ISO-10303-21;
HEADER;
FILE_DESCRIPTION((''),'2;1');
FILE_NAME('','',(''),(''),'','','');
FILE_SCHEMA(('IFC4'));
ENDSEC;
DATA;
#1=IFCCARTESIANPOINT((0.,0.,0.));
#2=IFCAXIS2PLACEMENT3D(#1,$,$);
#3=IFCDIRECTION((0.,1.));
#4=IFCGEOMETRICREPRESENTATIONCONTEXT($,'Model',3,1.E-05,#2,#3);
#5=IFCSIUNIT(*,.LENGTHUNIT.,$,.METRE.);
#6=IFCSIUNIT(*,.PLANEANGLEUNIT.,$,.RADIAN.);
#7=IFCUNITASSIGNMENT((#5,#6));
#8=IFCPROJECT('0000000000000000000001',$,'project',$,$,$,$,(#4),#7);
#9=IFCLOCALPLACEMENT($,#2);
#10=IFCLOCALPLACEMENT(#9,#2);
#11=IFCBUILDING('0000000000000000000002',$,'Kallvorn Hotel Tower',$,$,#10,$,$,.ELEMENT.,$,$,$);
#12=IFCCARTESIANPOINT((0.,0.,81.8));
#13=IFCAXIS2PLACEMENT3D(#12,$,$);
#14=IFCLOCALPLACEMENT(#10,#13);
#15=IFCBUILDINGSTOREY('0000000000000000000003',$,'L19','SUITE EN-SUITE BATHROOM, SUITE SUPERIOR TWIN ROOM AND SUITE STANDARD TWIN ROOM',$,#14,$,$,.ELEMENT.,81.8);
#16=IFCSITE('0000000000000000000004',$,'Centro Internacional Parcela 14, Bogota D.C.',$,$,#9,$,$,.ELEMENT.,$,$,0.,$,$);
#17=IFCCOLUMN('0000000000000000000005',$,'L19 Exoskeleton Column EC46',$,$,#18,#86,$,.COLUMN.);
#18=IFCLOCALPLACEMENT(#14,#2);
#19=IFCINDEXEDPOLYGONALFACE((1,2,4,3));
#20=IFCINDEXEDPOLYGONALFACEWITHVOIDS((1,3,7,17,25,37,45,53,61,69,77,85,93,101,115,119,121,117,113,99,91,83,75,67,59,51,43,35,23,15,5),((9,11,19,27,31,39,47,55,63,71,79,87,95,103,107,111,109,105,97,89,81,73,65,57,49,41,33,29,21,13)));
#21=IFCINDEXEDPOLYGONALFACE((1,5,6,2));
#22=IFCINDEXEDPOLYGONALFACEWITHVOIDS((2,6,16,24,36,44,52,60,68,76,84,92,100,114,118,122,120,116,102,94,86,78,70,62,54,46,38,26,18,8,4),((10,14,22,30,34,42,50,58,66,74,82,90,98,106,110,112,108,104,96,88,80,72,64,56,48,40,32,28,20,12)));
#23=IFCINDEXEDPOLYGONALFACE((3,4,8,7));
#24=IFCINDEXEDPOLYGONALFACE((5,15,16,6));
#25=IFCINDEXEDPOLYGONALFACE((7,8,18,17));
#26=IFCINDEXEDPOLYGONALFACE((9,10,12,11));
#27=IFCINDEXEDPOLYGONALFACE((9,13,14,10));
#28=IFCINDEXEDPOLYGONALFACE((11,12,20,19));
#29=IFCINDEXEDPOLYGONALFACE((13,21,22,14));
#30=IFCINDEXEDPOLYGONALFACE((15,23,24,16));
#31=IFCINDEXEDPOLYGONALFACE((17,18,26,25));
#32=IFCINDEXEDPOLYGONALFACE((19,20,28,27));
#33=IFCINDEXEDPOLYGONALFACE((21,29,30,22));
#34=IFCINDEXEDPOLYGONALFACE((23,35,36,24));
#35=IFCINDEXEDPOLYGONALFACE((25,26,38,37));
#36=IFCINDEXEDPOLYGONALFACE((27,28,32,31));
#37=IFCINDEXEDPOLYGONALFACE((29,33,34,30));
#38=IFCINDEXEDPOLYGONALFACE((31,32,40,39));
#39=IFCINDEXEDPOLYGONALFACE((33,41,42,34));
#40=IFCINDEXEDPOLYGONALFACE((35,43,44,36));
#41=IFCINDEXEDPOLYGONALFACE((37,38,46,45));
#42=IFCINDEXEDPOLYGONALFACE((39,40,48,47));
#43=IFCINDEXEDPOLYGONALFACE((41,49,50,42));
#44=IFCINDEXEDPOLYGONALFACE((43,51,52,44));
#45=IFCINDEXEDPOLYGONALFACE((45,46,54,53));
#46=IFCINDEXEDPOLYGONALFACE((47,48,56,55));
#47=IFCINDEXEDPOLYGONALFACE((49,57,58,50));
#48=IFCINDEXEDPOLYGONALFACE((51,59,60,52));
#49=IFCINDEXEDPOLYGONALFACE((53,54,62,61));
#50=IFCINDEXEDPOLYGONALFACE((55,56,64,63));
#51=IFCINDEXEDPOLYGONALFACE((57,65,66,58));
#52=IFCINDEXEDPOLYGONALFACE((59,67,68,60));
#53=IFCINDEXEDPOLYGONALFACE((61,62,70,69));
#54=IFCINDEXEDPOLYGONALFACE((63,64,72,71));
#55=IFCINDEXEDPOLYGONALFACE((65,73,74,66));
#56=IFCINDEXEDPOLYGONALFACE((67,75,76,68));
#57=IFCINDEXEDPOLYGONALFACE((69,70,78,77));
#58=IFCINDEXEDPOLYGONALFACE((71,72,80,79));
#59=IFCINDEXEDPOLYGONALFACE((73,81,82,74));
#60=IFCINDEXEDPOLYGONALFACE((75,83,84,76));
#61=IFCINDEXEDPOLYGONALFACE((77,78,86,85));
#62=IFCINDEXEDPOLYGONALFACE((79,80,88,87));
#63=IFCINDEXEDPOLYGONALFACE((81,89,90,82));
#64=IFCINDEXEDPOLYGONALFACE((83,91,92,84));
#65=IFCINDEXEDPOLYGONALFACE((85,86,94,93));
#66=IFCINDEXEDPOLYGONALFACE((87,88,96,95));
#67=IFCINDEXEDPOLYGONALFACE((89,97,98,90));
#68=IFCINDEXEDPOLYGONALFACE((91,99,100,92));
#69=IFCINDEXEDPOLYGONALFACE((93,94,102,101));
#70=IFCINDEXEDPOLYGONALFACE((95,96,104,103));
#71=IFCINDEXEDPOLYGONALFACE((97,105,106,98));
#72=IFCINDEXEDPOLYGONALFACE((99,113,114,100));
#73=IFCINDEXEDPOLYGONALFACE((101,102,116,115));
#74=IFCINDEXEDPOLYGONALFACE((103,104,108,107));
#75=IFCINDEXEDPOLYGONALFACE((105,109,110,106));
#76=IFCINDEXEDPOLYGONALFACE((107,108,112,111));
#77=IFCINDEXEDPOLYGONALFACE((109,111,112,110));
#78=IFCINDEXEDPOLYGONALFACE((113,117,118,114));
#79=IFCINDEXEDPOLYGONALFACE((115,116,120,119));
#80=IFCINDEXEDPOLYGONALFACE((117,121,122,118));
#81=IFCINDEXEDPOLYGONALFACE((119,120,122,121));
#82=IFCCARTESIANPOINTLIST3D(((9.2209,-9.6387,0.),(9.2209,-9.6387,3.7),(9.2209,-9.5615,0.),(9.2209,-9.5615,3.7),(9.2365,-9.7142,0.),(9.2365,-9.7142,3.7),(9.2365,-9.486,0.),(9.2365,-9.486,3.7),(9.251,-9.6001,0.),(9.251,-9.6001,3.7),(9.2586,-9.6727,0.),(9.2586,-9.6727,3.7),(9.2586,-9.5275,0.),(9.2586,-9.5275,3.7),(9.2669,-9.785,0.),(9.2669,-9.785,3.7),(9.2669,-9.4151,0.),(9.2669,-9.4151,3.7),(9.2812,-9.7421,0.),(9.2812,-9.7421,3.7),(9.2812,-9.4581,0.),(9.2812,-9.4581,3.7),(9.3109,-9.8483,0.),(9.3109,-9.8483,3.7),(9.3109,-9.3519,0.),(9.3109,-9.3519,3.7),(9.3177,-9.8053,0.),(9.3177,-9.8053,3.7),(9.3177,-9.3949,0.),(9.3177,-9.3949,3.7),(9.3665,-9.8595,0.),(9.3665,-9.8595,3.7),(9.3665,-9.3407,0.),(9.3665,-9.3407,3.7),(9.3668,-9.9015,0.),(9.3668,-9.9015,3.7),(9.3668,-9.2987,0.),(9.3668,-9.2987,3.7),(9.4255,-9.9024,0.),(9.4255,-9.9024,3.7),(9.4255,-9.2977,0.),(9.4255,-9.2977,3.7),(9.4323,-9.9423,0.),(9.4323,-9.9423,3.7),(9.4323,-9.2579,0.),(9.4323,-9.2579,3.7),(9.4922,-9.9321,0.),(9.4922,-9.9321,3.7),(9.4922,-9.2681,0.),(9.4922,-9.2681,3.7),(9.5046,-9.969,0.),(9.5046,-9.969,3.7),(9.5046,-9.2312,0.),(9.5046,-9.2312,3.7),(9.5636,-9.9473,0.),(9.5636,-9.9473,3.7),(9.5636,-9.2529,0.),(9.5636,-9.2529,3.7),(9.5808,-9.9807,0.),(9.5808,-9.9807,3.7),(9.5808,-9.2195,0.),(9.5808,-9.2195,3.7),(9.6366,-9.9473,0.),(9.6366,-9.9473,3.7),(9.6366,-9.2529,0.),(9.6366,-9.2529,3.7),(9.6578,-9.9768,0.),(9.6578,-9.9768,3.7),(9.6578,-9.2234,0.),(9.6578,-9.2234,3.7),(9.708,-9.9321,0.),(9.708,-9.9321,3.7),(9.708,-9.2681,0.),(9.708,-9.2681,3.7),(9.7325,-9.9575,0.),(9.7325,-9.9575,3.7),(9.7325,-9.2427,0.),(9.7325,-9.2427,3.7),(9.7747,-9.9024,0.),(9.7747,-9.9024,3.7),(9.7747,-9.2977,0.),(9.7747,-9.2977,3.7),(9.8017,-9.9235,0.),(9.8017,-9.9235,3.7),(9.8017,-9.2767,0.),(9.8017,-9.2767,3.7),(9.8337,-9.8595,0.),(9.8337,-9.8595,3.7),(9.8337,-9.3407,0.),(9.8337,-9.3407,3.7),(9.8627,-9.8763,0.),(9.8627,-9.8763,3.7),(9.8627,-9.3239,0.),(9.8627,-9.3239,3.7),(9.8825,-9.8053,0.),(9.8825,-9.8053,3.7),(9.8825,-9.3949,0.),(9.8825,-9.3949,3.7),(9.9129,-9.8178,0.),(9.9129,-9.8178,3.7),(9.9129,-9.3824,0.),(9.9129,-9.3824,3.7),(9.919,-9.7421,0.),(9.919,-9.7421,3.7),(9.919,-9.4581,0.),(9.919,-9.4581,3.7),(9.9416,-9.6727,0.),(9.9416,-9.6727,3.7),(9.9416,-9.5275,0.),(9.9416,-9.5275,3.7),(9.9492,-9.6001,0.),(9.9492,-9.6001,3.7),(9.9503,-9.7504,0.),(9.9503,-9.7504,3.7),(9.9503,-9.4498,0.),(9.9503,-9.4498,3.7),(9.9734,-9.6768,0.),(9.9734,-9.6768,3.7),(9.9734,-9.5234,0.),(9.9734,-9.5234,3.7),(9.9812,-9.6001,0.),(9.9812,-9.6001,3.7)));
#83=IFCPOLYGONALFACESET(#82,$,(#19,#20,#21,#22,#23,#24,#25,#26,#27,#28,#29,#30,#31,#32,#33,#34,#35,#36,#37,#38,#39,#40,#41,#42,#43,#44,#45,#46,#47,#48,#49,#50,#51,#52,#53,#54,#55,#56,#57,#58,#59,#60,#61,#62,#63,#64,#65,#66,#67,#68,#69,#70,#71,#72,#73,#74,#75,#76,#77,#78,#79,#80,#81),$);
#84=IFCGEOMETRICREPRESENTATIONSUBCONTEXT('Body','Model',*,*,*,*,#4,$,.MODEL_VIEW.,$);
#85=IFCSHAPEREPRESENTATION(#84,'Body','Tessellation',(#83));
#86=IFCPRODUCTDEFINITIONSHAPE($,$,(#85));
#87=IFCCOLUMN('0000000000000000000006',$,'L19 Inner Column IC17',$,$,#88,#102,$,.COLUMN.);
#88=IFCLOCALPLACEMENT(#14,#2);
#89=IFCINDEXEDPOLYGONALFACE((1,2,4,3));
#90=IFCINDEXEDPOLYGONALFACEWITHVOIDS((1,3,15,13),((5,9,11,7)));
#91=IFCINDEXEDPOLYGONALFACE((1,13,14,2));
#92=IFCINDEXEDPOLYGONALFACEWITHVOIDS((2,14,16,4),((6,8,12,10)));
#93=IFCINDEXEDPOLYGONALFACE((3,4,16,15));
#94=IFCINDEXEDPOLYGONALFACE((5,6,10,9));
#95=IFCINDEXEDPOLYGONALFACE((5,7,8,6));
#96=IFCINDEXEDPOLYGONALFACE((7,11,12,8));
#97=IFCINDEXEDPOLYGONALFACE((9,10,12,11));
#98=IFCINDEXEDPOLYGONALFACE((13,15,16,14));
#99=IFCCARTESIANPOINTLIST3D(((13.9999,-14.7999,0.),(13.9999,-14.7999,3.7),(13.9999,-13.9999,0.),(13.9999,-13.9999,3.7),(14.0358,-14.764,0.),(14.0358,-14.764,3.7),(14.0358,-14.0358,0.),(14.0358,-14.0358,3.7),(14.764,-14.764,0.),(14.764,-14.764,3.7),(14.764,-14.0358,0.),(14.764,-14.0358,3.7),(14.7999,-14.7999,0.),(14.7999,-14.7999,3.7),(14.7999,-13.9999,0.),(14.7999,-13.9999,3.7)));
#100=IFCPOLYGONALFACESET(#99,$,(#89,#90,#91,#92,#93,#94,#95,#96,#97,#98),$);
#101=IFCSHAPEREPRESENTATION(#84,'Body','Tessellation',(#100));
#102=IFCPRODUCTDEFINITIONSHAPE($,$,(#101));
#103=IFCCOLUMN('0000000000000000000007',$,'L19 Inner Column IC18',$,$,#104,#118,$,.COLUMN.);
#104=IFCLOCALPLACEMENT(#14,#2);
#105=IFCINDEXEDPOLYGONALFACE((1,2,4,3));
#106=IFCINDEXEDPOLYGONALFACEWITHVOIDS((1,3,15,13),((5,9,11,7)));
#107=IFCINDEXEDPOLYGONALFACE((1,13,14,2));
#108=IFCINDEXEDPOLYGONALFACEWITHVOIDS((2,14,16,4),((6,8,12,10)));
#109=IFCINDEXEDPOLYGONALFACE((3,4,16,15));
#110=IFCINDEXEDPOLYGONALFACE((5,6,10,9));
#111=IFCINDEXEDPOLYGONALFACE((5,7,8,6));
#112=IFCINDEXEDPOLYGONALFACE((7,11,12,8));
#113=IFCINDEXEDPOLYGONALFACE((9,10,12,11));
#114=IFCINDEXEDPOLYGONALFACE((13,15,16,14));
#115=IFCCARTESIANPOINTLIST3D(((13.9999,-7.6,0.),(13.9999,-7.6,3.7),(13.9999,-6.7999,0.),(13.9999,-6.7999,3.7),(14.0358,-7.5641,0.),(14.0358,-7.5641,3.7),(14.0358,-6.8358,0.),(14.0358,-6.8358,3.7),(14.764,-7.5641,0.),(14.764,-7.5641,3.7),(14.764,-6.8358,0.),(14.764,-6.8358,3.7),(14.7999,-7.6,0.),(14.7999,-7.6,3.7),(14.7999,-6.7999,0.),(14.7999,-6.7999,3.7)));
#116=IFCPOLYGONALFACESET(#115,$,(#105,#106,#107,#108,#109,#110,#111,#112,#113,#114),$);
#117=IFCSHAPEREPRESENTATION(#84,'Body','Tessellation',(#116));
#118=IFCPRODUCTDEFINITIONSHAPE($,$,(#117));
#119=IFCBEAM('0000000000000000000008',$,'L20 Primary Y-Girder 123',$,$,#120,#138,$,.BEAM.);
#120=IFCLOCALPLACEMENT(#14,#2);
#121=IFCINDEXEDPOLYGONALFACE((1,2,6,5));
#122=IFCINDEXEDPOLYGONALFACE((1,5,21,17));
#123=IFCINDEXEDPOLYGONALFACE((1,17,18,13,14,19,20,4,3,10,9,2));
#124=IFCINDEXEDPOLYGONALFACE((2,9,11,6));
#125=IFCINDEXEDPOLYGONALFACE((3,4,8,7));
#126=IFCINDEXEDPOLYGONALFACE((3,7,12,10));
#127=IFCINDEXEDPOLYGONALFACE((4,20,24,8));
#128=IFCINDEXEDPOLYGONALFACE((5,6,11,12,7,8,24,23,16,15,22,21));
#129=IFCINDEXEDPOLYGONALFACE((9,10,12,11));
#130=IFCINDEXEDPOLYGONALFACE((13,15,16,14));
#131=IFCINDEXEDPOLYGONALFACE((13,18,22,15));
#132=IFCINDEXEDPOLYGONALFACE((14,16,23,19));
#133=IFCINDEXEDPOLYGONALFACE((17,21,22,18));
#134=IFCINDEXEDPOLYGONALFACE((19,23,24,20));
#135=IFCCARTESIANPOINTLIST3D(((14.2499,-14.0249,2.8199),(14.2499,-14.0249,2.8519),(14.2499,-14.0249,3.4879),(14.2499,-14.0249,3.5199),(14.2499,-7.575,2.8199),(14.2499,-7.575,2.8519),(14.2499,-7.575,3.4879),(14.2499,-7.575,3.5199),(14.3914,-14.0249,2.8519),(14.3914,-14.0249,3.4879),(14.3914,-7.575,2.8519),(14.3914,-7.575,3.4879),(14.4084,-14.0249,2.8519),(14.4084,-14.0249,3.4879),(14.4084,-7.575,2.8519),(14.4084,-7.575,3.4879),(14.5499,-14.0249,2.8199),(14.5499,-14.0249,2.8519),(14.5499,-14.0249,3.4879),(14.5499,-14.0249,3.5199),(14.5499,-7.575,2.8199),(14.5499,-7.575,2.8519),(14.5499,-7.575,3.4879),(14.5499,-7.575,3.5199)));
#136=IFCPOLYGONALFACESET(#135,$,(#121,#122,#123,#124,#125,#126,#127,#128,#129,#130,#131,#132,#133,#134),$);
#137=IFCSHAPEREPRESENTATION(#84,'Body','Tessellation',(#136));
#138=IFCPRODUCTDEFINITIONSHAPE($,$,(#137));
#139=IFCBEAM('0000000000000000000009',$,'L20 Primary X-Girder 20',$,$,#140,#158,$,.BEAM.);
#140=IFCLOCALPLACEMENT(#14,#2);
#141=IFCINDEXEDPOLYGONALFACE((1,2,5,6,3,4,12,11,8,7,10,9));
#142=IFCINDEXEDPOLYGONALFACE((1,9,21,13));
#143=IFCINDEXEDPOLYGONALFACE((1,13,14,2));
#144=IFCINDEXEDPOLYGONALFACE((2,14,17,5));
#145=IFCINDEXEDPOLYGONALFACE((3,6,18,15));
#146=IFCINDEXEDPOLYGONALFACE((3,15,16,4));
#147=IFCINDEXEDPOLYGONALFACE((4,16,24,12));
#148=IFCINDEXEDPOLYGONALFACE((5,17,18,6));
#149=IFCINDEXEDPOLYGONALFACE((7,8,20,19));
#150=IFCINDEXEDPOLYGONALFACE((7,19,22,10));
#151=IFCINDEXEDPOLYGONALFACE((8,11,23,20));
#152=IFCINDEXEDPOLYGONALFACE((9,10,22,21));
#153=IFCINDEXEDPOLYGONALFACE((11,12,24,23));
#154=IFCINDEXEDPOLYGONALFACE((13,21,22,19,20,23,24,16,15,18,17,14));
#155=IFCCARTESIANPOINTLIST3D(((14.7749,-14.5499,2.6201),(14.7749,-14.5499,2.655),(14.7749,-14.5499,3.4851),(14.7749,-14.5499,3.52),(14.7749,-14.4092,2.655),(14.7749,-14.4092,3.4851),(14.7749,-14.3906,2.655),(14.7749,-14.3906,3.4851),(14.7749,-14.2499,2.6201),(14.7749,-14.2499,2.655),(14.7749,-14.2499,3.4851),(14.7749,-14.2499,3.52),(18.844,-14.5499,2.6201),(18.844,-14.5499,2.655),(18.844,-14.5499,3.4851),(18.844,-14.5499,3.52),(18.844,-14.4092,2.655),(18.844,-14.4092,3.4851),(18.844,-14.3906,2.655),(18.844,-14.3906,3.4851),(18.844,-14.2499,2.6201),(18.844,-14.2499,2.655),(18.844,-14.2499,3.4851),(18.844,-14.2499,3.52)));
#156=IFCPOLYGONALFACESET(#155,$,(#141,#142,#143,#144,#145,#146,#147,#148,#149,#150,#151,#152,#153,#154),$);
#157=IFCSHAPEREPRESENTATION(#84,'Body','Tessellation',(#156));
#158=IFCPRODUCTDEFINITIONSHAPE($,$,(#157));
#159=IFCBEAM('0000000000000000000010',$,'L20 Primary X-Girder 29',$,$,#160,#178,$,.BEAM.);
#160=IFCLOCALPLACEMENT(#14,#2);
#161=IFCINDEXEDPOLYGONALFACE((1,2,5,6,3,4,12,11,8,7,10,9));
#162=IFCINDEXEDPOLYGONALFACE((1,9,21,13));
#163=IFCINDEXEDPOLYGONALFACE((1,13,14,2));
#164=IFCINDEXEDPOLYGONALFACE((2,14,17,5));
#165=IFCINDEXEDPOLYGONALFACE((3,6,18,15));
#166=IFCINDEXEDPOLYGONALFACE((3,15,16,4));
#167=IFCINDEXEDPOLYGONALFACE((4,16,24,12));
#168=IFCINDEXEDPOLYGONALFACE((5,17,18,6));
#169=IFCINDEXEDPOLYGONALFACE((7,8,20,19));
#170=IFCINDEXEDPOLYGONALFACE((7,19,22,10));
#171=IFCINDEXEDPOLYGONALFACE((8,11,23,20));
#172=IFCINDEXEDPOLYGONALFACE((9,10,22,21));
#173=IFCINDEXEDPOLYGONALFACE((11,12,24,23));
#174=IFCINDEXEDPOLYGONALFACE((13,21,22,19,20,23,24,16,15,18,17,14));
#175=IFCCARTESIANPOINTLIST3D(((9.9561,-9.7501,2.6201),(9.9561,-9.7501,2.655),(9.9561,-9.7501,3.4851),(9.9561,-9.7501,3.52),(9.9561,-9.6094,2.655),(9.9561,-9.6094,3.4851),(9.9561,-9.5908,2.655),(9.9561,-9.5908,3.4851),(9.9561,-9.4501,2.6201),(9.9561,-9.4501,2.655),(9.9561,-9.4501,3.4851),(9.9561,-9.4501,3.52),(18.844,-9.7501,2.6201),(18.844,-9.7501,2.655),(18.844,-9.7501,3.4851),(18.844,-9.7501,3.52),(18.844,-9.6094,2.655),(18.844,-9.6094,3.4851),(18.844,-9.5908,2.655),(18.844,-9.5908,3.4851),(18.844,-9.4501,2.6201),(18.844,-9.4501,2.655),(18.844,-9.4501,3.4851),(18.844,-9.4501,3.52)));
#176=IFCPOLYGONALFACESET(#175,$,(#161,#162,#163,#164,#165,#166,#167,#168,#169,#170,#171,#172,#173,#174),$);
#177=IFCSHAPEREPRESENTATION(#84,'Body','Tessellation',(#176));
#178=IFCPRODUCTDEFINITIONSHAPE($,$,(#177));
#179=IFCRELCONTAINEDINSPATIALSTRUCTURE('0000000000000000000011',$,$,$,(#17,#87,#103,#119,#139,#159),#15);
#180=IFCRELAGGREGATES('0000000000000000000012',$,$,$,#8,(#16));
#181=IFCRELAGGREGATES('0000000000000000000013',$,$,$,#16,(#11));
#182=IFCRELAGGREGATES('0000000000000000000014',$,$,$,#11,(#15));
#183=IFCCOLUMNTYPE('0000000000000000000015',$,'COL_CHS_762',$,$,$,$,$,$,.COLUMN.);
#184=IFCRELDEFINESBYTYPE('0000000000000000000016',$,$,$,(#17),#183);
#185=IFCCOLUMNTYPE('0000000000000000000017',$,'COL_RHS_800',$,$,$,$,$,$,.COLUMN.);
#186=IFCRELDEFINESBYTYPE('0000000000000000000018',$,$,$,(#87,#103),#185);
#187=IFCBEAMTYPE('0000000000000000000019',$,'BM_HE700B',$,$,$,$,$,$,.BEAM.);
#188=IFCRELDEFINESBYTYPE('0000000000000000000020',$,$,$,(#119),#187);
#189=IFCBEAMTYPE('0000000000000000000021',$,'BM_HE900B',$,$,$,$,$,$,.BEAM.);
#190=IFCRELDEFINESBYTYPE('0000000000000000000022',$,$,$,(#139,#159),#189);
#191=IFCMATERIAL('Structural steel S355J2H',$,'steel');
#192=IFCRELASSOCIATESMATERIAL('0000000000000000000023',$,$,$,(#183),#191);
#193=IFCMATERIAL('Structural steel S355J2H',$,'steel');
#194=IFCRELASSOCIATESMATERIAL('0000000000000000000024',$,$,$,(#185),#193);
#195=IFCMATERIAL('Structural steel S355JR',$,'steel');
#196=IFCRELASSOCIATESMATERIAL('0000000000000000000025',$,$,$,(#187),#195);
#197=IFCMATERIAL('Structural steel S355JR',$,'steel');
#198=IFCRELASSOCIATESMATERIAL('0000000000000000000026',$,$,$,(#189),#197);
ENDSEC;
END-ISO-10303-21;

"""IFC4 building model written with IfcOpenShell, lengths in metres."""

from ifc_helpers import new_model, si_unit, direction, frame, origin, origin_2d, place, context, subcontext, project, spatial, hollow_rectangle, hollow_circle, i_section, extrude, material, material_profile, profile_set, type_object, element, save


model = new_model("IFC4")

# Units and contexts
model_context = context("Model", 3, precision=1e-05, world=origin(), true_north=direction((0.0, 1.0)))
body_context = subcontext(model_context, "Body", "Model", "MODEL_VIEW")
ifc_project = project(units=[si_unit("LENGTHUNIT", "METRE"), si_unit("PLANEANGLEUNIT", "RADIAN")], contexts=[model_context])

# Site, building, storey
site_placement = place(None, origin())
site = spatial("IfcSite", under=ifc_project, at=site_placement, Name="Centro Internacional Parcela 14, Bogota D.C.", CompositionType="ELEMENT", RefElevation=0.0)
building_placement = place(site_placement, origin())
building = spatial("IfcBuilding", under=site, at=building_placement, Name="Kallvorn Hotel Tower", CompositionType="ELEMENT")
storey_placement = place(building_placement, frame((0.0, 0.0, 81.8)))
storey = spatial("IfcBuildingStorey", under=building, at=storey_placement, Name="L19", Description="SUITE EN-SUITE BATHROOM, SUITE SUPERIOR TWIN ROOM AND SUITE STANDARD TWIN ROOM", CompositionType="ELEMENT", Elevation=81.8)

# Columns
ifc_material_1 = material(Name="Structural steel S355J2H", Category="steel")
ifc_material_profile_1 = material_profile(ifc_material_1, hollow_circle(Radius=0.3811, WallThickness=0.032, at=origin_2d()), Name="CHS 762x32")
ifc_profile_set_1 = profile_set([ifc_material_profile_1], Name="Structural steel S355J2H")
column_type_1 = type_object("IfcColumnType", Name="COL_CHS_762", PredefinedType="COLUMN", material=ifc_profile_set_1)
column_placement = place(storey_placement, frame((9.6001, -9.6001, 0.0), z_axis=(0.0, 0.0, 1.0), x_axis=(1.0, 0.0, 0.0)))
element("IfcColumn", 1, at=column_placement, inside=storey, type_object=column_type_1, Name="L19 Exoskeleton Column EC46", PredefinedType="COLUMN", context=body_context, shape_type="SweptSolid", body=[
    extrude(hollow_circle(Radius=0.3811, WallThickness=0.032, at=origin_2d()), origin(), (0.0, 0.0, 1.0), 3.7),
])
ifc_material_2 = material(Name="Structural steel S355J2H", Category="steel")
ifc_material_profile_2 = material_profile(ifc_material_2, hollow_rectangle(XDim=0.8, YDim=0.8, WallThickness=0.0359, at=origin_2d()), Name="RHS 800x800x36")
ifc_profile_set_2 = profile_set([ifc_material_profile_2], Name="Structural steel S355J2H")
column_type_2 = type_object("IfcColumnType", Name="COL_RHS_800", PredefinedType="COLUMN", material=ifc_profile_set_2)
for number, where, z_axis, x_axis, name in (
    (2, (14.3999, -14.3999, 0.0), (0.0, 0.0, 1.0), (1.0, 0.0, 0.0), "L19 Inner Column IC17"),
    (3, (14.3999, -7.2, 0.0), (0.0, 0.0, 1.0), (1.0, 0.0, 0.0), "L19 Inner Column IC18"),
):
    element("IfcColumn", number, at=place(storey_placement, frame(where, z_axis=z_axis, x_axis=x_axis)), inside=storey, type_object=column_type_2, Name=name, PredefinedType="COLUMN", context=body_context, shape_type="SweptSolid", body=[
        extrude(hollow_rectangle(XDim=0.8, YDim=0.8, WallThickness=0.0359, at=origin_2d()), origin(), (0.0, 0.0, 1.0), 3.7),
    ])

# Beams
ifc_material_3 = material(Name="Structural steel S355JR", Category="steel")
ifc_material_profile_3 = material_profile(ifc_material_3, i_section(OverallWidth=0.3, OverallDepth=0.7, WebThickness=0.0171, FlangeThickness=0.032, at=origin_2d()), Name="HE 700 B")
ifc_profile_set_3 = profile_set([ifc_material_profile_3], Name="Structural steel S355JR")
beam_type_1 = type_object("IfcBeamType", Name="BM_HE700B", PredefinedType="BEAM", material=ifc_profile_set_3)
beam_1_placement = place(storey_placement, frame((14.3999, -14.0249, 3.1699), z_axis=(0.0, 1.0, 0.0), x_axis=(-1.0, 0.0, 0.0)))
element("IfcBeam", 4, at=beam_1_placement, inside=storey, type_object=beam_type_1, Name="L20 Primary Y-Girder 123", PredefinedType="BEAM", context=body_context, shape_type="SweptSolid", body=[
    extrude(i_section(OverallWidth=0.3, OverallDepth=0.7, WebThickness=0.0171, FlangeThickness=0.032, at=origin_2d()), origin(), (0.0, 0.0, 1.0), 6.45),
])
ifc_material_4 = material(Name="Structural steel S355JR", Category="steel")
ifc_material_profile_4 = material_profile(ifc_material_4, i_section(OverallWidth=0.3, OverallDepth=0.8999, WebThickness=0.0186, FlangeThickness=0.0349, at=origin_2d()), Name="HE 900 B")
ifc_profile_set_4 = profile_set([ifc_material_profile_4], Name="Structural steel S355JR")
beam_type_2 = type_object("IfcBeamType", Name="BM_HE900B", PredefinedType="BEAM", material=ifc_profile_set_4)
beam_2_placement = place(storey_placement, frame((14.7749, -14.3999, 3.0701), z_axis=(1.0, 0.0, 0.0), x_axis=(0.0, 1.0, 0.0)))
element("IfcBeam", 5, at=beam_2_placement, inside=storey, type_object=beam_type_2, Name="L20 Primary X-Girder 20", PredefinedType="BEAM", context=body_context, shape_type="SweptSolid", body=[
    extrude(i_section(OverallWidth=0.3, OverallDepth=0.8999, WebThickness=0.0186, FlangeThickness=0.0349, at=origin_2d()), origin(), (0.0, 0.0, 1.0), 4.0691),
])
beam_3_placement = place(storey_placement, frame((9.9561, -9.6001, 3.0701), z_axis=(1.0, 0.0, 0.0), x_axis=(0.0, 1.0, 0.0)))
element("IfcBeam", 6, at=beam_3_placement, inside=storey, type_object=beam_type_2, Name="L20 Primary X-Girder 29", PredefinedType="BEAM", context=body_context, shape_type="SweptSolid", body=[
    extrude(i_section(OverallWidth=0.3, OverallDepth=0.8999, WebThickness=0.0186, FlangeThickness=0.0349, at=origin_2d()), origin(), (0.0, 0.0, 1.0), 8.8879),
])

save(model, "model.ifc")
